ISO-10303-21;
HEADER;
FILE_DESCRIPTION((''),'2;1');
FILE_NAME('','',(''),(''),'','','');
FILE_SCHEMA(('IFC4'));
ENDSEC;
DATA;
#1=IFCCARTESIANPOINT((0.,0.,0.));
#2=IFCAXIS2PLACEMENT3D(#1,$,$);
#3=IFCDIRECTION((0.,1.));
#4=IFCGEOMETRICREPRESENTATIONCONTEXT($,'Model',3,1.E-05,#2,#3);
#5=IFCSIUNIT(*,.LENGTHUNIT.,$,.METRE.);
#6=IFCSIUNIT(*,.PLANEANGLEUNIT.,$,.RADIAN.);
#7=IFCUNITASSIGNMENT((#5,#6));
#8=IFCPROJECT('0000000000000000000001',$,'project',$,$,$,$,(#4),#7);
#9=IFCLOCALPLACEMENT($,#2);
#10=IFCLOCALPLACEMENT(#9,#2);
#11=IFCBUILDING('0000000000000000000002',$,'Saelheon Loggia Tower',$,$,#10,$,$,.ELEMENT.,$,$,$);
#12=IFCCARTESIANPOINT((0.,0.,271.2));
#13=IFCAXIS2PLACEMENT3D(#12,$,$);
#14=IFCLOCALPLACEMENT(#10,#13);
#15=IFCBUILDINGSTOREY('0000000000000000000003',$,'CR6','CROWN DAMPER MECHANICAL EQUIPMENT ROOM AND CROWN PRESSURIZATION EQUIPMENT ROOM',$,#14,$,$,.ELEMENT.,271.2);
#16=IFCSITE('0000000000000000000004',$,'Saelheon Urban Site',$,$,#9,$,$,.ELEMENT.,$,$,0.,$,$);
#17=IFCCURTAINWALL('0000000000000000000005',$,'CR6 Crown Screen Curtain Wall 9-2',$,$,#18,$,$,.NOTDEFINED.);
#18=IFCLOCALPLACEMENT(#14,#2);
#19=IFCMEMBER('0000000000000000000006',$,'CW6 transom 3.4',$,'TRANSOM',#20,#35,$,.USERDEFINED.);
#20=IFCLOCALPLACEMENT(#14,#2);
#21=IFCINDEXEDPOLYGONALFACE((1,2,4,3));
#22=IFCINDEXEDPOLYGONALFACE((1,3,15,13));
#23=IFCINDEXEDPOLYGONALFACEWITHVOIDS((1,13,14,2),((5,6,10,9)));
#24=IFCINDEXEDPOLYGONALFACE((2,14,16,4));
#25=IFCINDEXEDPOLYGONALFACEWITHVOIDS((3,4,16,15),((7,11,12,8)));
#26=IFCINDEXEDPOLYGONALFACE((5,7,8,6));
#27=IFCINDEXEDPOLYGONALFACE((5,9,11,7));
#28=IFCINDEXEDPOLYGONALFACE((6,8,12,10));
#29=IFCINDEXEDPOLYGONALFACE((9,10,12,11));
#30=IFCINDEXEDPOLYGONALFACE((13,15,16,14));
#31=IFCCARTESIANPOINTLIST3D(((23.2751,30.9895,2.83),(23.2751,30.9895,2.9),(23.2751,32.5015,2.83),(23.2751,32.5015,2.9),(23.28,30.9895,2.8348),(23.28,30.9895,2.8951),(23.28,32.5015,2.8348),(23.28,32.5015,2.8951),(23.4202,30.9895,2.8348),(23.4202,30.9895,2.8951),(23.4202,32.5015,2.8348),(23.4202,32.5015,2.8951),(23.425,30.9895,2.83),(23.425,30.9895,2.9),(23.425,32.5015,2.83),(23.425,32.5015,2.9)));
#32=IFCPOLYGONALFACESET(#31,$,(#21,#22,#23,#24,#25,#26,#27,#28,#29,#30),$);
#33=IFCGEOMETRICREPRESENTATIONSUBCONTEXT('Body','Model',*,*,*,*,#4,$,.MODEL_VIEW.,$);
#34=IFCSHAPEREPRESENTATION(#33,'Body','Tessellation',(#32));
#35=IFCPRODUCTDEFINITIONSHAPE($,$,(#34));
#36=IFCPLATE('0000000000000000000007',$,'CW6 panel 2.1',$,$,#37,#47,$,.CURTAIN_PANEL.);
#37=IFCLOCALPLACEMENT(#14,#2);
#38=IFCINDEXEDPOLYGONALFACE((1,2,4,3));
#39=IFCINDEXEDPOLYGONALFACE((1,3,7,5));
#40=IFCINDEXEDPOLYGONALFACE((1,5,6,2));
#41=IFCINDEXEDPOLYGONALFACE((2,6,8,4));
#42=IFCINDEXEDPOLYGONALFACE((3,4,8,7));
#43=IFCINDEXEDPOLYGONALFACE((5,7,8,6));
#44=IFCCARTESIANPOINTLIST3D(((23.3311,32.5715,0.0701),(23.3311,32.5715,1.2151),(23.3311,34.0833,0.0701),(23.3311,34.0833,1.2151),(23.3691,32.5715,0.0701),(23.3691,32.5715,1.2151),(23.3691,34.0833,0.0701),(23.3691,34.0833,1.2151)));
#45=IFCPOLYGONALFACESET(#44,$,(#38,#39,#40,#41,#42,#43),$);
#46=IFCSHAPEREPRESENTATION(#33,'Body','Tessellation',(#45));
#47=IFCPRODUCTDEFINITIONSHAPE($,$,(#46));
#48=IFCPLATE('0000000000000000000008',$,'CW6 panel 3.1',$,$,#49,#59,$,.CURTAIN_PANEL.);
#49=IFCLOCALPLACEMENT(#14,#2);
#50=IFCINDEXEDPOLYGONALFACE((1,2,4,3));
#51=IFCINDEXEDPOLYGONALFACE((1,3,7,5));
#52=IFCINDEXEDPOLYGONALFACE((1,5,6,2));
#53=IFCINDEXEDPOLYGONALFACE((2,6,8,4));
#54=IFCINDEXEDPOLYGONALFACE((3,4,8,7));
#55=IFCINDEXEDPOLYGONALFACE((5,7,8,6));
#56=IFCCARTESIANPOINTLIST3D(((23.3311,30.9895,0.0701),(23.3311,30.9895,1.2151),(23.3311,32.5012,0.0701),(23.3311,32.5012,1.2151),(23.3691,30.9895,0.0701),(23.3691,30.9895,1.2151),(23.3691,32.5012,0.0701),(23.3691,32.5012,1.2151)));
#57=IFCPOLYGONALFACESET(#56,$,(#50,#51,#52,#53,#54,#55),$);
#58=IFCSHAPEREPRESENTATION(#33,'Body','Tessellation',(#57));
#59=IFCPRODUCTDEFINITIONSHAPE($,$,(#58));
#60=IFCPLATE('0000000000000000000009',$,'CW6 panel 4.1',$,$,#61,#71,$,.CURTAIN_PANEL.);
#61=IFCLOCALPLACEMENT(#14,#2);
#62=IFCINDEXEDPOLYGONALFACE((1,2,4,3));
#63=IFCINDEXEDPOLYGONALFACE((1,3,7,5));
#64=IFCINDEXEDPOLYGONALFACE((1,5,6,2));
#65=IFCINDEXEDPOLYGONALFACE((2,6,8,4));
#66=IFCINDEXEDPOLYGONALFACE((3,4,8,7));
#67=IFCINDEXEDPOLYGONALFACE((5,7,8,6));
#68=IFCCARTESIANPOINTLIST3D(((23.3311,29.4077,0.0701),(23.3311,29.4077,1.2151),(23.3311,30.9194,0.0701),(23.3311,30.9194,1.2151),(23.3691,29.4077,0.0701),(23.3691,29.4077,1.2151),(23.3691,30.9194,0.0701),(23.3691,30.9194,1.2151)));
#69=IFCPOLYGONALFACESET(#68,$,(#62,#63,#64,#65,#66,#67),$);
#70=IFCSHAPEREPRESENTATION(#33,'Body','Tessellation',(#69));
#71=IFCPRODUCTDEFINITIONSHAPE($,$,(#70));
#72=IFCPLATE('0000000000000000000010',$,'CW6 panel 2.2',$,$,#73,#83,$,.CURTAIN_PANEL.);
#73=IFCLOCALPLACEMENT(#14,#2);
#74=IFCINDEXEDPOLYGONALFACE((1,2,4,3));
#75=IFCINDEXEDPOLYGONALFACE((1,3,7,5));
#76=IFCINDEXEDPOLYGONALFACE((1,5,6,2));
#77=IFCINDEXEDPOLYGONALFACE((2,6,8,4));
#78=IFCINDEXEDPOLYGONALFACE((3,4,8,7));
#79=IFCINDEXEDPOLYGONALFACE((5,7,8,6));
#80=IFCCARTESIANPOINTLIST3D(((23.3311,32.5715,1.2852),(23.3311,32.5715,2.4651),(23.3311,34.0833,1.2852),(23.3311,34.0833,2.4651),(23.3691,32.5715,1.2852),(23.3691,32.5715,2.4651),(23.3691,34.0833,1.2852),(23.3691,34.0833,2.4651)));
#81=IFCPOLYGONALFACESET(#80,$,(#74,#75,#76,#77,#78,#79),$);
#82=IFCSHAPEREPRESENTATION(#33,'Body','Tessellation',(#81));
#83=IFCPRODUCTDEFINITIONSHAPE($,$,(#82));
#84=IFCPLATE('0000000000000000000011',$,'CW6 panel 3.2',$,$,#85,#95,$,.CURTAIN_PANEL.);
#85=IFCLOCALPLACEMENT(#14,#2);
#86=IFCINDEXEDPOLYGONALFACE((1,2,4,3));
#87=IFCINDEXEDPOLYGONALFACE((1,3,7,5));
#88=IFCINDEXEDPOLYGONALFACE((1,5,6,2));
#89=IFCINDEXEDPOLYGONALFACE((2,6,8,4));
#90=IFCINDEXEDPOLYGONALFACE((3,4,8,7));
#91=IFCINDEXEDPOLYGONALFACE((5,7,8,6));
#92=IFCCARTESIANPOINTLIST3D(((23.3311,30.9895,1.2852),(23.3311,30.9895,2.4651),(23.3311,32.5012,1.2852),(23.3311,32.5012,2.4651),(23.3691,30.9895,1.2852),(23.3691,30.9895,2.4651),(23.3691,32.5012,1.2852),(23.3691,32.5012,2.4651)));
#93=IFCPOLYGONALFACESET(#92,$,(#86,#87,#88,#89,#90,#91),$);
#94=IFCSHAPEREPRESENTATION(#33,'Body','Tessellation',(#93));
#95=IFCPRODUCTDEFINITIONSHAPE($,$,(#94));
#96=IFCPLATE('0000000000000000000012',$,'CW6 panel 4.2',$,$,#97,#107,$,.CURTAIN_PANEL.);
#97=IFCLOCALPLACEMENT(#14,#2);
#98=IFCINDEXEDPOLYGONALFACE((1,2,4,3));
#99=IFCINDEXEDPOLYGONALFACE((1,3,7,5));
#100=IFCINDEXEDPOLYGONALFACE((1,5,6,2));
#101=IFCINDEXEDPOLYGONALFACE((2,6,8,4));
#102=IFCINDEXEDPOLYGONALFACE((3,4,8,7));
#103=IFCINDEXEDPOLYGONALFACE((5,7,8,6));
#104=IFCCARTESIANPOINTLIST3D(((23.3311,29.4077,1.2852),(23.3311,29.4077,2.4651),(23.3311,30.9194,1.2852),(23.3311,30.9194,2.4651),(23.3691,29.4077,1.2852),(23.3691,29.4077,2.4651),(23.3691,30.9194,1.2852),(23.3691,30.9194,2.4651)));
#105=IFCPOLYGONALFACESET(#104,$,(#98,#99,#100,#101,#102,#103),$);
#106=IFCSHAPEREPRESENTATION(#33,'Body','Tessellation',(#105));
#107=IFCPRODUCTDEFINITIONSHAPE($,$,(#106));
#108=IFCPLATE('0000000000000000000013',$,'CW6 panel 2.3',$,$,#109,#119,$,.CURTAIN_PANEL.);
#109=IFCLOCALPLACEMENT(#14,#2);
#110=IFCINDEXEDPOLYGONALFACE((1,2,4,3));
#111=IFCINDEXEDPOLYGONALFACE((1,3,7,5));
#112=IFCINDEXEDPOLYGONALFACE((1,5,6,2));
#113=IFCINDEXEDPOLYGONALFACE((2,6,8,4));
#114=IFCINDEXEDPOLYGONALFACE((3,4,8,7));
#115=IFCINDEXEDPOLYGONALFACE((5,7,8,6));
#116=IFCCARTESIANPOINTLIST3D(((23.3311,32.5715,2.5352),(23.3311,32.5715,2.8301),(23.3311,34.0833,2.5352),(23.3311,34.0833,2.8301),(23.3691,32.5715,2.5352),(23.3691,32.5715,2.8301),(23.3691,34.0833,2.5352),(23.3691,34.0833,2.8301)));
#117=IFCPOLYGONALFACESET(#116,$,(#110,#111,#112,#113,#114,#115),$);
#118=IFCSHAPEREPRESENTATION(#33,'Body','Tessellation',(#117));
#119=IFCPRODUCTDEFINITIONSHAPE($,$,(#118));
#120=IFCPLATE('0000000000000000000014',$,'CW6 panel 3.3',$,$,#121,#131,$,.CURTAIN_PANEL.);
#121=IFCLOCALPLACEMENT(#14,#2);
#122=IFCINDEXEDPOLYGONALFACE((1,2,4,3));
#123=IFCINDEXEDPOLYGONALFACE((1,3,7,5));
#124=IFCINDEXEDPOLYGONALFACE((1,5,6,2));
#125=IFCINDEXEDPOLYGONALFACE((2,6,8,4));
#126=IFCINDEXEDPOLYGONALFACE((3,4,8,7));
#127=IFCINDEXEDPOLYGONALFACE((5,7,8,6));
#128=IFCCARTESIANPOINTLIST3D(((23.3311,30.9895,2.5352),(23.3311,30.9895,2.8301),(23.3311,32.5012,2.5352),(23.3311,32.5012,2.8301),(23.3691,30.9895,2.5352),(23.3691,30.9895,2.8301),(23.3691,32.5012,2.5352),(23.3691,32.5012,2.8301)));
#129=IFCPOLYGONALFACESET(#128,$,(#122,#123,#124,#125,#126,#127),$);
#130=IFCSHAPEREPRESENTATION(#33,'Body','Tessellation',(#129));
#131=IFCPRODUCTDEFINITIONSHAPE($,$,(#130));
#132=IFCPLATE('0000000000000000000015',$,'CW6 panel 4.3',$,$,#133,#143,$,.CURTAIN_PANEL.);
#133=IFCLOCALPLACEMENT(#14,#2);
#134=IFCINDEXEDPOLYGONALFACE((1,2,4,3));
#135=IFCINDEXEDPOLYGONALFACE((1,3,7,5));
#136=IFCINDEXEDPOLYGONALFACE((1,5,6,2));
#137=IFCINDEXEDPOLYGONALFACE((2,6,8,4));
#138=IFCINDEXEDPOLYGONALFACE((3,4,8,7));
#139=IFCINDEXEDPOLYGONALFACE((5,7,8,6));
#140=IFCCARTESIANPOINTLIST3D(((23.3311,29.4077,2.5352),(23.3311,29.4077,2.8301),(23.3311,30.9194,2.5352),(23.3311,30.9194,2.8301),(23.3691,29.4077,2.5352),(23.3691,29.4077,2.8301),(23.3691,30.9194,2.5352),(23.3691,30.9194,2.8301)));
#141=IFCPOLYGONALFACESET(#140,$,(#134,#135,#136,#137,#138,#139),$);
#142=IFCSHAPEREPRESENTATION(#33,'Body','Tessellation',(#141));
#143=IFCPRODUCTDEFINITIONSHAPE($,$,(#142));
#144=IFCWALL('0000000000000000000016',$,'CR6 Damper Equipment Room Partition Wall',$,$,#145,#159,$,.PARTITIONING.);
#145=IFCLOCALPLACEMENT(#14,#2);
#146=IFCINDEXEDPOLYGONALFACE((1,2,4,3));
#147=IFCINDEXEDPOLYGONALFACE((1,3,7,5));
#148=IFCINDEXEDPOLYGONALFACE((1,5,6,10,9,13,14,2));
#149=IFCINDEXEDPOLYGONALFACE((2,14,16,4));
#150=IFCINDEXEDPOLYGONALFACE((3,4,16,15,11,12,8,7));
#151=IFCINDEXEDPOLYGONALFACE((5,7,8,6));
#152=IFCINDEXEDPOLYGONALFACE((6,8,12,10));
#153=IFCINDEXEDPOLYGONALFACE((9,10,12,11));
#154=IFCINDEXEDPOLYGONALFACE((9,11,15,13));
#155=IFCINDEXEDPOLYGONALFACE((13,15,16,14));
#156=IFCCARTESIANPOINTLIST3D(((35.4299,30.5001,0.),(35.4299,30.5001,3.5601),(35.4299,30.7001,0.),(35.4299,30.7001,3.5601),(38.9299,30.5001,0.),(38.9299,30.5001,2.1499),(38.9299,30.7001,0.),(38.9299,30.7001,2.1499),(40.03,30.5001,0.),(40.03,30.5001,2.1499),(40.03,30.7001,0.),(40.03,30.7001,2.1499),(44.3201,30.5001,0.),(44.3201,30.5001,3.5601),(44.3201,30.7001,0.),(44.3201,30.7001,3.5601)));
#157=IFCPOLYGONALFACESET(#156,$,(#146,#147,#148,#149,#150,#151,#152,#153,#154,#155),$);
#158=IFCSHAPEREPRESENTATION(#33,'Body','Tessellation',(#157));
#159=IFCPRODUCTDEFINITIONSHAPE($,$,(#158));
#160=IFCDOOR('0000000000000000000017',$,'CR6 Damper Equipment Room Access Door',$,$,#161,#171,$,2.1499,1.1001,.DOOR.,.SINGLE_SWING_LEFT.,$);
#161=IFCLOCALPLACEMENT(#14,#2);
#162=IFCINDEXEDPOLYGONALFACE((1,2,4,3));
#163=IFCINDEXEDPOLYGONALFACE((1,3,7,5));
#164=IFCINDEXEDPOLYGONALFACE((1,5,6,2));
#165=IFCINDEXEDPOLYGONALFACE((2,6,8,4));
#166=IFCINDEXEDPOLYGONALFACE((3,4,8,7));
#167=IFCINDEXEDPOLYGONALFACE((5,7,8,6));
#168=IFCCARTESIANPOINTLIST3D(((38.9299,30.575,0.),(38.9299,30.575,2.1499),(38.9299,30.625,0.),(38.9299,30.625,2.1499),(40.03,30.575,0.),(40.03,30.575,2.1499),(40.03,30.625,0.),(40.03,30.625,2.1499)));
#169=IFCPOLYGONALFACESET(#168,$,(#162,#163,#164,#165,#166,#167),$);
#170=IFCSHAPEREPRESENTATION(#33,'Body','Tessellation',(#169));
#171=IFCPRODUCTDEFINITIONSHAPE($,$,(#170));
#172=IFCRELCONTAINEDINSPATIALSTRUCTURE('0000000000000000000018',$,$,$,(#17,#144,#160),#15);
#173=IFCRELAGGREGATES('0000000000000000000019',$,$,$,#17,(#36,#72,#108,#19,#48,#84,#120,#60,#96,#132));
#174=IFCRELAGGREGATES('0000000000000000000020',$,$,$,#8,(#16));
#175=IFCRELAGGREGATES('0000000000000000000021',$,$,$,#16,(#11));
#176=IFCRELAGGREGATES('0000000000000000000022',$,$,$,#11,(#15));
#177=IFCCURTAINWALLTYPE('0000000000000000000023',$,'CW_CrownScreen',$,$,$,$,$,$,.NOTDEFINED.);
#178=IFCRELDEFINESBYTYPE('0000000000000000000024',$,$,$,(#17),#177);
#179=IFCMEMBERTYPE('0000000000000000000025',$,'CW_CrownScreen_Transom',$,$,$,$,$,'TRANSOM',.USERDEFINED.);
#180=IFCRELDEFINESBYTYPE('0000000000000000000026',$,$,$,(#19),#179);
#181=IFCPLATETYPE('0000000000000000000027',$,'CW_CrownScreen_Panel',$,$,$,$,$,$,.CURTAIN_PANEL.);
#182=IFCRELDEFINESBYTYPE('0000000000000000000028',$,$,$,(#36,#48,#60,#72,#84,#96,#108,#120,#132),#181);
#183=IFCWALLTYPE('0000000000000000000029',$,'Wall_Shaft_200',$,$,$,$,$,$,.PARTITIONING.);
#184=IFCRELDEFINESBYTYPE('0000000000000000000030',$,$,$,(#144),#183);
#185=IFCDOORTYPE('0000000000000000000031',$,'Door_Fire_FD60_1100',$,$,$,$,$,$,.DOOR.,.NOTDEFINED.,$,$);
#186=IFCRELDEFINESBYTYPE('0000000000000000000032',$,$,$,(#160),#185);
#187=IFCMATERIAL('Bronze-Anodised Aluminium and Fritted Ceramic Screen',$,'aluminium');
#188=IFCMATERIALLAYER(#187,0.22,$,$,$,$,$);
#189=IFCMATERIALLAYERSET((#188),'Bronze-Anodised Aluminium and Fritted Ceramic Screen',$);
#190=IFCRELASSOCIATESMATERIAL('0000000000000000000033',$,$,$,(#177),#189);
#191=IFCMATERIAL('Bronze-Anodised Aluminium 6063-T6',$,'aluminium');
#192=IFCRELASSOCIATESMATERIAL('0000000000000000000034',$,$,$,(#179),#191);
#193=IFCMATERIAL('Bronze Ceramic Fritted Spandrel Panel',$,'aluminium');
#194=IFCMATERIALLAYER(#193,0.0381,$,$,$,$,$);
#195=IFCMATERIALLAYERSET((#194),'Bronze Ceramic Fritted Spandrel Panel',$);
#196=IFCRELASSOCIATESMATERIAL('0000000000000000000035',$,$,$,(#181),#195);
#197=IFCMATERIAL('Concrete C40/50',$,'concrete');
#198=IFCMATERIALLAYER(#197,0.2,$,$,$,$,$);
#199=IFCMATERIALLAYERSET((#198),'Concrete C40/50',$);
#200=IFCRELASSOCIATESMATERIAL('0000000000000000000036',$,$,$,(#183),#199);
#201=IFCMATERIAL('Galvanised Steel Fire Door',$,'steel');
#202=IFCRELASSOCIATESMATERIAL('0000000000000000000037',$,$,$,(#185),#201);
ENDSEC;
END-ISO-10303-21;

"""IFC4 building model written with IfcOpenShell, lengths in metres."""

from ifc_helpers import new_model, si_unit, direction, frame, frame_2d, origin, origin_2d, place, context, subcontext, project, spatial, rectangle, hollow_rectangle, extrude, source, transform, mapped, material, layer, layer_set, material_profile, profile_set, type_object, element, fill, aggregate, save


model = new_model("IFC4")

# Units and contexts
model_context = context("Model", 3, precision=1e-05, world=origin(), true_north=direction((0.0, 1.0)))
body_context = subcontext(model_context, "Body", "Model", "MODEL_VIEW")
ifc_project = project(units=[si_unit("LENGTHUNIT", "METRE"), si_unit("PLANEANGLEUNIT", "RADIAN")], contexts=[model_context])

# Site, building, storey
site_placement = place(None, origin())
site = spatial("IfcSite", under=ifc_project, at=site_placement, Name="Saelheon Urban Site", CompositionType="ELEMENT", RefElevation=0.0)
building_placement = place(site_placement, origin())
building = spatial("IfcBuilding", under=site, at=building_placement, Name="Saelheon Loggia Tower", CompositionType="ELEMENT")
storey_placement = place(building_placement, frame((0.0, 0.0, 271.2)))
storey = spatial("IfcBuildingStorey", under=building, at=storey_placement, Name="CR6", Description="CROWN DAMPER MECHANICAL EQUIPMENT ROOM AND CROWN PRESSURIZATION EQUIPMENT ROOM", CompositionType="ELEMENT", Elevation=271.2)

# Curtain wall, member, plates
ifc_material_1 = material(Name="Bronze-Anodised Aluminium and Fritted Ceramic Screen", Category="aluminium")
ifc_layer_1 = layer(ifc_material_1, 0.22)
ifc_layer_set_1 = layer_set([ifc_layer_1], Name="Bronze-Anodised Aluminium and Fritted Ceramic Screen")
curtain_wall_type = type_object("IfcCurtainWallType", Name="CW_CrownScreen", PredefinedType="NOTDEFINED", material=ifc_layer_set_1)
curtain_wall_placement = place(storey_placement, origin())
curtain_wall = element("IfcCurtainWall", 1, at=curtain_wall_placement, inside=storey, type_object=curtain_wall_type, Name="CR6 Crown Screen Curtain Wall 9-2", PredefinedType="NOTDEFINED")
ifc_material_2 = material(Name="Bronze-Anodised Aluminium 6063-T6", Category="aluminium")
ifc_material_profile_1 = material_profile(ifc_material_2, hollow_rectangle(XDim=0.0701, YDim=0.1499, WallThickness=0.0049, at=origin_2d()), Name="RHS-150x70x5")
ifc_profile_set_1 = profile_set([ifc_material_profile_1], Name="Bronze-Anodised Aluminium 6063-T6")
member_type_1 = type_object("IfcMemberType", Name="CW_CrownScreen_Transom", ElementType="TRANSOM", PredefinedType="USERDEFINED", material=ifc_profile_set_1)
shared_shape_1 = source(origin(), body_context, "Body", "SweptSolid", [
    extrude(hollow_rectangle(XDim=0.0701, YDim=0.1499, WallThickness=0.0049, at=origin_2d()), origin(), (0.0, 0.0, 1.0), 1.512),
])
member_1_placement = place(storey_placement, frame((23.3501, 32.5015, 2.865), z_axis=(0.0, -1.0, 0.0), x_axis=(0.0, 0.0, 1.0)))
member_1 = element("IfcMember", 2, at=member_1_placement, type_object=member_type_1, Name="CW6 transom 3.4", ObjectType="TRANSOM", PredefinedType="USERDEFINED", context=body_context, shape_type="MappedRepresentation", body=[
    mapped(shared_shape_1, transform((0.0, 0.0, 0.0), scale=1.0)),
])
ifc_material_3 = material(Name="Bronze Ceramic Fritted Spandrel Panel", Category="aluminium")
ifc_layer_2 = layer(ifc_material_3, 0.0381)
ifc_layer_set_2 = layer_set([ifc_layer_2], Name="Bronze Ceramic Fritted Spandrel Panel")
plate_type = type_object("IfcPlateType", Name="CW_CrownScreen_Panel", PredefinedType="CURTAIN_PANEL", material=ifc_layer_set_2)
shared_shape_2 = source(origin(), body_context, "Body", "SweptSolid", [
    extrude(rectangle(XDim=1.5117, YDim=0.0381, at=origin_2d()), origin(), (0.0, 0.0, 1.0), 1.145),
])
plate_1_placement = place(storey_placement, frame((23.3501, 33.3274, 0.0701), z_axis=(0.0, 0.0, 1.0), x_axis=(0.0, -1.0, 0.0)))
plate_1 = element("IfcPlate", 3, at=plate_1_placement, type_object=plate_type, Name="CW6 panel 2.1", PredefinedType="CURTAIN_PANEL", context=body_context, shape_type="MappedRepresentation", body=[
    mapped(shared_shape_2, transform((0.0, 0.0, 0.0), scale=1.0)),
])
plate_2_placement = place(storey_placement, frame((23.3501, 31.7454, 0.0701), z_axis=(0.0, 0.0, 1.0), x_axis=(0.0, -1.0, 0.0)))
plate_2 = element("IfcPlate", 4, at=plate_2_placement, type_object=plate_type, Name="CW6 panel 3.1", PredefinedType="CURTAIN_PANEL", context=body_context, shape_type="MappedRepresentation", body=[
    mapped(shared_shape_2, transform((0.0, 0.0, 0.0), scale=1.0)),
])
plate_3_placement = place(storey_placement, frame((23.3501, 30.1636, 0.0701), z_axis=(0.0, 0.0, 1.0), x_axis=(0.0, -1.0, 0.0)))
plate_3 = element("IfcPlate", 5, at=plate_3_placement, type_object=plate_type, Name="CW6 panel 4.1", PredefinedType="CURTAIN_PANEL", context=body_context, shape_type="MappedRepresentation", body=[
    mapped(shared_shape_2, transform((0.0, 0.0, 0.0), scale=1.0)),
])
shared_shape_3 = source(origin(), body_context, "Body", "SweptSolid", [
    extrude(rectangle(XDim=1.5117, YDim=0.0381, at=origin_2d()), origin(), (0.0, 0.0, 1.0), 1.1799),
])
plate_4_placement = place(storey_placement, frame((23.3501, 33.3274, 1.2852), z_axis=(0.0, 0.0, 1.0), x_axis=(0.0, -1.0, 0.0)))
plate_4 = element("IfcPlate", 6, at=plate_4_placement, type_object=plate_type, Name="CW6 panel 2.2", PredefinedType="CURTAIN_PANEL", context=body_context, shape_type="MappedRepresentation", body=[
    mapped(shared_shape_3, transform((0.0, 0.0, 0.0), scale=1.0)),
])
plate_5_placement = place(storey_placement, frame((23.3501, 31.7454, 1.2852), z_axis=(0.0, 0.0, 1.0), x_axis=(0.0, -1.0, 0.0)))
plate_5 = element("IfcPlate", 7, at=plate_5_placement, type_object=plate_type, Name="CW6 panel 3.2", PredefinedType="CURTAIN_PANEL", context=body_context, shape_type="MappedRepresentation", body=[
    mapped(shared_shape_3, transform((0.0, 0.0, 0.0), scale=1.0)),
])
plate_6_placement = place(storey_placement, frame((23.3501, 30.1636, 1.2852), z_axis=(0.0, 0.0, 1.0), x_axis=(0.0, -1.0, 0.0)))
plate_6 = element("IfcPlate", 8, at=plate_6_placement, type_object=plate_type, Name="CW6 panel 4.2", PredefinedType="CURTAIN_PANEL", context=body_context, shape_type="MappedRepresentation", body=[
    mapped(shared_shape_3, transform((0.0, 0.0, 0.0), scale=1.0)),
])
shared_shape_4 = source(origin(), body_context, "Body", "SweptSolid", [
    extrude(rectangle(XDim=1.5117, YDim=0.0381, at=origin_2d()), origin(), (0.0, 0.0, 1.0), 0.2949),
])
plate_7_placement = place(storey_placement, frame((23.3501, 33.3274, 2.5352), z_axis=(0.0, 0.0, 1.0), x_axis=(0.0, -1.0, 0.0)))
plate_7 = element("IfcPlate", 9, at=plate_7_placement, type_object=plate_type, Name="CW6 panel 2.3", PredefinedType="CURTAIN_PANEL", context=body_context, shape_type="MappedRepresentation", body=[
    mapped(shared_shape_4, transform((0.0, 0.0, 0.0), scale=1.0)),
])
plate_8_placement = place(storey_placement, frame((23.3501, 31.7454, 2.5352), z_axis=(0.0, 0.0, 1.0), x_axis=(0.0, -1.0, 0.0)))
plate_8 = element("IfcPlate", 10, at=plate_8_placement, type_object=plate_type, Name="CW6 panel 3.3", PredefinedType="CURTAIN_PANEL", context=body_context, shape_type="MappedRepresentation", body=[
    mapped(shared_shape_4, transform((0.0, 0.0, 0.0), scale=1.0)),
])
plate_9_placement = place(storey_placement, frame((23.3501, 30.1636, 2.5352), z_axis=(0.0, 0.0, 1.0), x_axis=(0.0, -1.0, 0.0)))
plate_9 = element("IfcPlate", 11, at=plate_9_placement, type_object=plate_type, Name="CW6 panel 4.3", PredefinedType="CURTAIN_PANEL", context=body_context, shape_type="MappedRepresentation", body=[
    mapped(shared_shape_4, transform((0.0, 0.0, 0.0), scale=1.0)),
])
aggregate(curtain_wall, [plate_1, plate_4, plate_7, member_1, plate_2, plate_5, plate_8, plate_3, plate_6, plate_9])

# Wall, opening, door
ifc_material_4 = material(Name="Concrete C40/50", Category="concrete")
ifc_layer_3 = layer(ifc_material_4, 0.2)
ifc_layer_set_3 = layer_set([ifc_layer_3], Name="Concrete C40/50")
wall_type = type_object("IfcWallType", Name="Wall_Shaft_200", PredefinedType="PARTITIONING", material=ifc_layer_set_3)
wall_placement = place(storey_placement, frame((35.4299, 30.6001, 0.0), z_axis=(0.0, 0.0, 1.0), x_axis=(1.0, 0.0, 0.0)))
wall = element("IfcWall", 12, at=wall_placement, inside=storey, type_object=wall_type, Name="CR6 Damper Equipment Room Partition Wall", PredefinedType="PARTITIONING", context=body_context, shape_type="SweptSolid", body=[
    extrude(rectangle(XDim=8.8901, YDim=0.2, at=frame_2d((4.4451, 0.0))), origin(), (0.0, 0.0, 1.0), 3.5601),
])
opening_placement = place(wall_placement, frame((3.5, 0.0, 0.0)))
opening = element("IfcOpeningElement", 13, at=opening_placement, cuts=wall, PredefinedType="OPENING", context=body_context, shape_type="SweptSolid", body=[
    extrude(rectangle(XDim=1.1001, YDim=2.1499, at=frame_2d((0.55, 1.075))), frame((0.0, 0.1121, 0.0), z_axis=(0.0, -1.0, 0.0), x_axis=(1.0, 0.0, 0.0)), (0.0, 0.0, 1.0), 0.2239),
])
ifc_material_5 = material(Name="Galvanised Steel Fire Door", Category="steel")
door_type = type_object("IfcDoorType", Name="Door_Fire_FD60_1100", OperationType="NOTDEFINED", PredefinedType="DOOR", material=ifc_material_5)
shared_shape_5 = source(origin(), body_context, "Body", "SweptSolid", [
    extrude(rectangle(XDim=1.1001, YDim=2.1499, at=frame_2d((0.55, 1.075))), frame((0.0, 0.0249, 0.0), z_axis=(0.0, -1.0, 0.0), x_axis=(1.0, 0.0, 0.0)), (0.0, 0.0, 1.0), 0.05),
])
door_placement = place(opening_placement, origin())
door = element("IfcDoor", 14, at=door_placement, inside=storey, type_object=door_type, Name="CR6 Damper Equipment Room Access Door", OperationType="SINGLE_SWING_LEFT", OverallHeight=2.1499, OverallWidth=1.1001, PredefinedType="DOOR", context=body_context, shape_type="MappedRepresentation", body=[
    mapped(shared_shape_5, transform((0.0, 0.0, 0.0), scale=1.0)),
])
fill(opening, door)

save(model, "model.ifc")
